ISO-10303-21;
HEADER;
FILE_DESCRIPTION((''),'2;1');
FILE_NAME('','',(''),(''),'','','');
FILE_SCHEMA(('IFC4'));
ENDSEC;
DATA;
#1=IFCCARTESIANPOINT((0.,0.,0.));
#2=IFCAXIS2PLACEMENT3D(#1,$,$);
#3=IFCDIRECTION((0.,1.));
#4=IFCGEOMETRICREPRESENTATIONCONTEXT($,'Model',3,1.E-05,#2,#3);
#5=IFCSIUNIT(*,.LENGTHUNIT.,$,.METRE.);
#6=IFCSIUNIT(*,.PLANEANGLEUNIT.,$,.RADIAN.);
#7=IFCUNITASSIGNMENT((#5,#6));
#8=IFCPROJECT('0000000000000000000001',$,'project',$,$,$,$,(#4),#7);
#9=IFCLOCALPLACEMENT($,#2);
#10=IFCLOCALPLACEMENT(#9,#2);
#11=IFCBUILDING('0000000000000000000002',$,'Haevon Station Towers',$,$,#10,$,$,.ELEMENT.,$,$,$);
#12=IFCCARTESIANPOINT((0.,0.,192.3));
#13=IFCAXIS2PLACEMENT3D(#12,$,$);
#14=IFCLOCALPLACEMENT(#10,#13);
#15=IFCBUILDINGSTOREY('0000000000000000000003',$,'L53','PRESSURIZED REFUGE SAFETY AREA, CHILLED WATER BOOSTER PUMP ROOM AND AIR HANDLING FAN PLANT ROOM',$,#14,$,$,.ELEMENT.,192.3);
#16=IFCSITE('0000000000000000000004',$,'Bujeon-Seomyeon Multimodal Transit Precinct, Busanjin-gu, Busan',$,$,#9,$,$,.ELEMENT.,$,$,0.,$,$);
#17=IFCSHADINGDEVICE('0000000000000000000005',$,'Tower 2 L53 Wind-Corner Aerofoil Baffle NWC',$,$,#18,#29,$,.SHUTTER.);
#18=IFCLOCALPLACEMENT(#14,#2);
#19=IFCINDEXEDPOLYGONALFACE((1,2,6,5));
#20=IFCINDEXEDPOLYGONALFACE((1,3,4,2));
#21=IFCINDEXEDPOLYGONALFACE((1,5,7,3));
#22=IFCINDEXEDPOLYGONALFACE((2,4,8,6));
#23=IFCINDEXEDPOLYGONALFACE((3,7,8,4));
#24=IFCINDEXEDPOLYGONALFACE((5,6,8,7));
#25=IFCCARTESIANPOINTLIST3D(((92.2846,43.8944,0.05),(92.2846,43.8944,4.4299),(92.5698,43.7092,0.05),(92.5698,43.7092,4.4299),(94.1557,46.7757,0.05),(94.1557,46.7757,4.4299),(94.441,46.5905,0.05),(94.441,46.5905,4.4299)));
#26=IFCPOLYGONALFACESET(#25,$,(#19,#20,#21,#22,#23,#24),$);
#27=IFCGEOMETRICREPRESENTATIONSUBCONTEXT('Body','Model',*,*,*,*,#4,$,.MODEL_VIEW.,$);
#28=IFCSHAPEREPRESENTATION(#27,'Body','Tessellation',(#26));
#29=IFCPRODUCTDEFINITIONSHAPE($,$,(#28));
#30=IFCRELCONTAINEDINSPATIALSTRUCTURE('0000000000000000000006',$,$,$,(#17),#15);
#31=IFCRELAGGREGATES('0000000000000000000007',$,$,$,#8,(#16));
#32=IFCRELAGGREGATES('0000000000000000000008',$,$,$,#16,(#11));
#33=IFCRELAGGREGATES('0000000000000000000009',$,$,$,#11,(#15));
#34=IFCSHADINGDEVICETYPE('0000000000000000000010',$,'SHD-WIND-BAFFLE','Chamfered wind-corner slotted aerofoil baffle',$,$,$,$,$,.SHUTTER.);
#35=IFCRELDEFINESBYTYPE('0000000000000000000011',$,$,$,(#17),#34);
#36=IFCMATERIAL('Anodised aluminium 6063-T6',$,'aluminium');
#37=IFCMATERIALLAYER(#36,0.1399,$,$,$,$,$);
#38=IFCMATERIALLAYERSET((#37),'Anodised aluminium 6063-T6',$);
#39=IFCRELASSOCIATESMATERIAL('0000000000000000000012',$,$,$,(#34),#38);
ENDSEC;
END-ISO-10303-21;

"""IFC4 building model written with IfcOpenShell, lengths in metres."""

from ifc_helpers import new_model, si_unit, direction, frame, origin, origin_2d, place, context, subcontext, project, spatial, rectangle, extrude, material, layer, layer_set, type_object, element, save


model = new_model("IFC4")

# Units and contexts
model_context = context("Model", 3, precision=1e-05, world=origin(), true_north=direction((0.0, 1.0)))
body_context = subcontext(model_context, "Body", "Model", "MODEL_VIEW")
ifc_project = project(units=[si_unit("LENGTHUNIT", "METRE"), si_unit("PLANEANGLEUNIT", "RADIAN")], contexts=[model_context])

# Site, building, storey
site_placement = place(None, origin())
site = spatial("IfcSite", under=ifc_project, at=site_placement, Name="Bujeon-Seomyeon Multimodal Transit Precinct, Busanjin-gu, Busan", CompositionType="ELEMENT", RefElevation=0.0)
building_placement = place(site_placement, origin())
building = spatial("IfcBuilding", under=site, at=building_placement, Name="Haevon Station Towers", CompositionType="ELEMENT")
storey_placement = place(building_placement, frame((0.0, 0.0, 192.3)))
storey = spatial("IfcBuildingStorey", under=building, at=storey_placement, Name="L53", Description="PRESSURIZED REFUGE SAFETY AREA, CHILLED WATER BOOSTER PUMP ROOM AND AIR HANDLING FAN PLANT ROOM", CompositionType="ELEMENT", Elevation=192.3)

# Shading device
ifc_material_1 = material(Name="Anodised aluminium 6063-T6", Category="aluminium")
ifc_layer_1 = layer(ifc_material_1, 0.1399)
ifc_layer_set_1 = layer_set([ifc_layer_1], Name="Anodised aluminium 6063-T6")
shading_device_type = type_object("IfcShadingDeviceType", Name="SHD-WIND-BAFFLE", Description="Chamfered wind-corner slotted aerofoil baffle", PredefinedType="SHUTTER", material=ifc_layer_set_1)
for number, where, z_axis, x_axis, name in (
    (1, (93.3628, 45.2424, 0.05), (0.0, 0.0, 1.0), (0.544639, 0.838671, 0.0), "Tower 2 L53 Wind-Corner Aerofoil Baffle NWC"),
):
    element("IfcShadingDevice", number, at=place(storey_placement, frame(where, z_axis=z_axis, x_axis=x_axis)), inside=storey, type_object=shading_device_type, Name=name, PredefinedType="SHUTTER", context=body_context, shape_type="SweptSolid", body=[
        extrude(rectangle(XDim=3.4355, YDim=0.3401, at=origin_2d()), origin(), (0.0, 0.0, 1.0), 4.3799),
    ])

save(model, "model.ifc")
